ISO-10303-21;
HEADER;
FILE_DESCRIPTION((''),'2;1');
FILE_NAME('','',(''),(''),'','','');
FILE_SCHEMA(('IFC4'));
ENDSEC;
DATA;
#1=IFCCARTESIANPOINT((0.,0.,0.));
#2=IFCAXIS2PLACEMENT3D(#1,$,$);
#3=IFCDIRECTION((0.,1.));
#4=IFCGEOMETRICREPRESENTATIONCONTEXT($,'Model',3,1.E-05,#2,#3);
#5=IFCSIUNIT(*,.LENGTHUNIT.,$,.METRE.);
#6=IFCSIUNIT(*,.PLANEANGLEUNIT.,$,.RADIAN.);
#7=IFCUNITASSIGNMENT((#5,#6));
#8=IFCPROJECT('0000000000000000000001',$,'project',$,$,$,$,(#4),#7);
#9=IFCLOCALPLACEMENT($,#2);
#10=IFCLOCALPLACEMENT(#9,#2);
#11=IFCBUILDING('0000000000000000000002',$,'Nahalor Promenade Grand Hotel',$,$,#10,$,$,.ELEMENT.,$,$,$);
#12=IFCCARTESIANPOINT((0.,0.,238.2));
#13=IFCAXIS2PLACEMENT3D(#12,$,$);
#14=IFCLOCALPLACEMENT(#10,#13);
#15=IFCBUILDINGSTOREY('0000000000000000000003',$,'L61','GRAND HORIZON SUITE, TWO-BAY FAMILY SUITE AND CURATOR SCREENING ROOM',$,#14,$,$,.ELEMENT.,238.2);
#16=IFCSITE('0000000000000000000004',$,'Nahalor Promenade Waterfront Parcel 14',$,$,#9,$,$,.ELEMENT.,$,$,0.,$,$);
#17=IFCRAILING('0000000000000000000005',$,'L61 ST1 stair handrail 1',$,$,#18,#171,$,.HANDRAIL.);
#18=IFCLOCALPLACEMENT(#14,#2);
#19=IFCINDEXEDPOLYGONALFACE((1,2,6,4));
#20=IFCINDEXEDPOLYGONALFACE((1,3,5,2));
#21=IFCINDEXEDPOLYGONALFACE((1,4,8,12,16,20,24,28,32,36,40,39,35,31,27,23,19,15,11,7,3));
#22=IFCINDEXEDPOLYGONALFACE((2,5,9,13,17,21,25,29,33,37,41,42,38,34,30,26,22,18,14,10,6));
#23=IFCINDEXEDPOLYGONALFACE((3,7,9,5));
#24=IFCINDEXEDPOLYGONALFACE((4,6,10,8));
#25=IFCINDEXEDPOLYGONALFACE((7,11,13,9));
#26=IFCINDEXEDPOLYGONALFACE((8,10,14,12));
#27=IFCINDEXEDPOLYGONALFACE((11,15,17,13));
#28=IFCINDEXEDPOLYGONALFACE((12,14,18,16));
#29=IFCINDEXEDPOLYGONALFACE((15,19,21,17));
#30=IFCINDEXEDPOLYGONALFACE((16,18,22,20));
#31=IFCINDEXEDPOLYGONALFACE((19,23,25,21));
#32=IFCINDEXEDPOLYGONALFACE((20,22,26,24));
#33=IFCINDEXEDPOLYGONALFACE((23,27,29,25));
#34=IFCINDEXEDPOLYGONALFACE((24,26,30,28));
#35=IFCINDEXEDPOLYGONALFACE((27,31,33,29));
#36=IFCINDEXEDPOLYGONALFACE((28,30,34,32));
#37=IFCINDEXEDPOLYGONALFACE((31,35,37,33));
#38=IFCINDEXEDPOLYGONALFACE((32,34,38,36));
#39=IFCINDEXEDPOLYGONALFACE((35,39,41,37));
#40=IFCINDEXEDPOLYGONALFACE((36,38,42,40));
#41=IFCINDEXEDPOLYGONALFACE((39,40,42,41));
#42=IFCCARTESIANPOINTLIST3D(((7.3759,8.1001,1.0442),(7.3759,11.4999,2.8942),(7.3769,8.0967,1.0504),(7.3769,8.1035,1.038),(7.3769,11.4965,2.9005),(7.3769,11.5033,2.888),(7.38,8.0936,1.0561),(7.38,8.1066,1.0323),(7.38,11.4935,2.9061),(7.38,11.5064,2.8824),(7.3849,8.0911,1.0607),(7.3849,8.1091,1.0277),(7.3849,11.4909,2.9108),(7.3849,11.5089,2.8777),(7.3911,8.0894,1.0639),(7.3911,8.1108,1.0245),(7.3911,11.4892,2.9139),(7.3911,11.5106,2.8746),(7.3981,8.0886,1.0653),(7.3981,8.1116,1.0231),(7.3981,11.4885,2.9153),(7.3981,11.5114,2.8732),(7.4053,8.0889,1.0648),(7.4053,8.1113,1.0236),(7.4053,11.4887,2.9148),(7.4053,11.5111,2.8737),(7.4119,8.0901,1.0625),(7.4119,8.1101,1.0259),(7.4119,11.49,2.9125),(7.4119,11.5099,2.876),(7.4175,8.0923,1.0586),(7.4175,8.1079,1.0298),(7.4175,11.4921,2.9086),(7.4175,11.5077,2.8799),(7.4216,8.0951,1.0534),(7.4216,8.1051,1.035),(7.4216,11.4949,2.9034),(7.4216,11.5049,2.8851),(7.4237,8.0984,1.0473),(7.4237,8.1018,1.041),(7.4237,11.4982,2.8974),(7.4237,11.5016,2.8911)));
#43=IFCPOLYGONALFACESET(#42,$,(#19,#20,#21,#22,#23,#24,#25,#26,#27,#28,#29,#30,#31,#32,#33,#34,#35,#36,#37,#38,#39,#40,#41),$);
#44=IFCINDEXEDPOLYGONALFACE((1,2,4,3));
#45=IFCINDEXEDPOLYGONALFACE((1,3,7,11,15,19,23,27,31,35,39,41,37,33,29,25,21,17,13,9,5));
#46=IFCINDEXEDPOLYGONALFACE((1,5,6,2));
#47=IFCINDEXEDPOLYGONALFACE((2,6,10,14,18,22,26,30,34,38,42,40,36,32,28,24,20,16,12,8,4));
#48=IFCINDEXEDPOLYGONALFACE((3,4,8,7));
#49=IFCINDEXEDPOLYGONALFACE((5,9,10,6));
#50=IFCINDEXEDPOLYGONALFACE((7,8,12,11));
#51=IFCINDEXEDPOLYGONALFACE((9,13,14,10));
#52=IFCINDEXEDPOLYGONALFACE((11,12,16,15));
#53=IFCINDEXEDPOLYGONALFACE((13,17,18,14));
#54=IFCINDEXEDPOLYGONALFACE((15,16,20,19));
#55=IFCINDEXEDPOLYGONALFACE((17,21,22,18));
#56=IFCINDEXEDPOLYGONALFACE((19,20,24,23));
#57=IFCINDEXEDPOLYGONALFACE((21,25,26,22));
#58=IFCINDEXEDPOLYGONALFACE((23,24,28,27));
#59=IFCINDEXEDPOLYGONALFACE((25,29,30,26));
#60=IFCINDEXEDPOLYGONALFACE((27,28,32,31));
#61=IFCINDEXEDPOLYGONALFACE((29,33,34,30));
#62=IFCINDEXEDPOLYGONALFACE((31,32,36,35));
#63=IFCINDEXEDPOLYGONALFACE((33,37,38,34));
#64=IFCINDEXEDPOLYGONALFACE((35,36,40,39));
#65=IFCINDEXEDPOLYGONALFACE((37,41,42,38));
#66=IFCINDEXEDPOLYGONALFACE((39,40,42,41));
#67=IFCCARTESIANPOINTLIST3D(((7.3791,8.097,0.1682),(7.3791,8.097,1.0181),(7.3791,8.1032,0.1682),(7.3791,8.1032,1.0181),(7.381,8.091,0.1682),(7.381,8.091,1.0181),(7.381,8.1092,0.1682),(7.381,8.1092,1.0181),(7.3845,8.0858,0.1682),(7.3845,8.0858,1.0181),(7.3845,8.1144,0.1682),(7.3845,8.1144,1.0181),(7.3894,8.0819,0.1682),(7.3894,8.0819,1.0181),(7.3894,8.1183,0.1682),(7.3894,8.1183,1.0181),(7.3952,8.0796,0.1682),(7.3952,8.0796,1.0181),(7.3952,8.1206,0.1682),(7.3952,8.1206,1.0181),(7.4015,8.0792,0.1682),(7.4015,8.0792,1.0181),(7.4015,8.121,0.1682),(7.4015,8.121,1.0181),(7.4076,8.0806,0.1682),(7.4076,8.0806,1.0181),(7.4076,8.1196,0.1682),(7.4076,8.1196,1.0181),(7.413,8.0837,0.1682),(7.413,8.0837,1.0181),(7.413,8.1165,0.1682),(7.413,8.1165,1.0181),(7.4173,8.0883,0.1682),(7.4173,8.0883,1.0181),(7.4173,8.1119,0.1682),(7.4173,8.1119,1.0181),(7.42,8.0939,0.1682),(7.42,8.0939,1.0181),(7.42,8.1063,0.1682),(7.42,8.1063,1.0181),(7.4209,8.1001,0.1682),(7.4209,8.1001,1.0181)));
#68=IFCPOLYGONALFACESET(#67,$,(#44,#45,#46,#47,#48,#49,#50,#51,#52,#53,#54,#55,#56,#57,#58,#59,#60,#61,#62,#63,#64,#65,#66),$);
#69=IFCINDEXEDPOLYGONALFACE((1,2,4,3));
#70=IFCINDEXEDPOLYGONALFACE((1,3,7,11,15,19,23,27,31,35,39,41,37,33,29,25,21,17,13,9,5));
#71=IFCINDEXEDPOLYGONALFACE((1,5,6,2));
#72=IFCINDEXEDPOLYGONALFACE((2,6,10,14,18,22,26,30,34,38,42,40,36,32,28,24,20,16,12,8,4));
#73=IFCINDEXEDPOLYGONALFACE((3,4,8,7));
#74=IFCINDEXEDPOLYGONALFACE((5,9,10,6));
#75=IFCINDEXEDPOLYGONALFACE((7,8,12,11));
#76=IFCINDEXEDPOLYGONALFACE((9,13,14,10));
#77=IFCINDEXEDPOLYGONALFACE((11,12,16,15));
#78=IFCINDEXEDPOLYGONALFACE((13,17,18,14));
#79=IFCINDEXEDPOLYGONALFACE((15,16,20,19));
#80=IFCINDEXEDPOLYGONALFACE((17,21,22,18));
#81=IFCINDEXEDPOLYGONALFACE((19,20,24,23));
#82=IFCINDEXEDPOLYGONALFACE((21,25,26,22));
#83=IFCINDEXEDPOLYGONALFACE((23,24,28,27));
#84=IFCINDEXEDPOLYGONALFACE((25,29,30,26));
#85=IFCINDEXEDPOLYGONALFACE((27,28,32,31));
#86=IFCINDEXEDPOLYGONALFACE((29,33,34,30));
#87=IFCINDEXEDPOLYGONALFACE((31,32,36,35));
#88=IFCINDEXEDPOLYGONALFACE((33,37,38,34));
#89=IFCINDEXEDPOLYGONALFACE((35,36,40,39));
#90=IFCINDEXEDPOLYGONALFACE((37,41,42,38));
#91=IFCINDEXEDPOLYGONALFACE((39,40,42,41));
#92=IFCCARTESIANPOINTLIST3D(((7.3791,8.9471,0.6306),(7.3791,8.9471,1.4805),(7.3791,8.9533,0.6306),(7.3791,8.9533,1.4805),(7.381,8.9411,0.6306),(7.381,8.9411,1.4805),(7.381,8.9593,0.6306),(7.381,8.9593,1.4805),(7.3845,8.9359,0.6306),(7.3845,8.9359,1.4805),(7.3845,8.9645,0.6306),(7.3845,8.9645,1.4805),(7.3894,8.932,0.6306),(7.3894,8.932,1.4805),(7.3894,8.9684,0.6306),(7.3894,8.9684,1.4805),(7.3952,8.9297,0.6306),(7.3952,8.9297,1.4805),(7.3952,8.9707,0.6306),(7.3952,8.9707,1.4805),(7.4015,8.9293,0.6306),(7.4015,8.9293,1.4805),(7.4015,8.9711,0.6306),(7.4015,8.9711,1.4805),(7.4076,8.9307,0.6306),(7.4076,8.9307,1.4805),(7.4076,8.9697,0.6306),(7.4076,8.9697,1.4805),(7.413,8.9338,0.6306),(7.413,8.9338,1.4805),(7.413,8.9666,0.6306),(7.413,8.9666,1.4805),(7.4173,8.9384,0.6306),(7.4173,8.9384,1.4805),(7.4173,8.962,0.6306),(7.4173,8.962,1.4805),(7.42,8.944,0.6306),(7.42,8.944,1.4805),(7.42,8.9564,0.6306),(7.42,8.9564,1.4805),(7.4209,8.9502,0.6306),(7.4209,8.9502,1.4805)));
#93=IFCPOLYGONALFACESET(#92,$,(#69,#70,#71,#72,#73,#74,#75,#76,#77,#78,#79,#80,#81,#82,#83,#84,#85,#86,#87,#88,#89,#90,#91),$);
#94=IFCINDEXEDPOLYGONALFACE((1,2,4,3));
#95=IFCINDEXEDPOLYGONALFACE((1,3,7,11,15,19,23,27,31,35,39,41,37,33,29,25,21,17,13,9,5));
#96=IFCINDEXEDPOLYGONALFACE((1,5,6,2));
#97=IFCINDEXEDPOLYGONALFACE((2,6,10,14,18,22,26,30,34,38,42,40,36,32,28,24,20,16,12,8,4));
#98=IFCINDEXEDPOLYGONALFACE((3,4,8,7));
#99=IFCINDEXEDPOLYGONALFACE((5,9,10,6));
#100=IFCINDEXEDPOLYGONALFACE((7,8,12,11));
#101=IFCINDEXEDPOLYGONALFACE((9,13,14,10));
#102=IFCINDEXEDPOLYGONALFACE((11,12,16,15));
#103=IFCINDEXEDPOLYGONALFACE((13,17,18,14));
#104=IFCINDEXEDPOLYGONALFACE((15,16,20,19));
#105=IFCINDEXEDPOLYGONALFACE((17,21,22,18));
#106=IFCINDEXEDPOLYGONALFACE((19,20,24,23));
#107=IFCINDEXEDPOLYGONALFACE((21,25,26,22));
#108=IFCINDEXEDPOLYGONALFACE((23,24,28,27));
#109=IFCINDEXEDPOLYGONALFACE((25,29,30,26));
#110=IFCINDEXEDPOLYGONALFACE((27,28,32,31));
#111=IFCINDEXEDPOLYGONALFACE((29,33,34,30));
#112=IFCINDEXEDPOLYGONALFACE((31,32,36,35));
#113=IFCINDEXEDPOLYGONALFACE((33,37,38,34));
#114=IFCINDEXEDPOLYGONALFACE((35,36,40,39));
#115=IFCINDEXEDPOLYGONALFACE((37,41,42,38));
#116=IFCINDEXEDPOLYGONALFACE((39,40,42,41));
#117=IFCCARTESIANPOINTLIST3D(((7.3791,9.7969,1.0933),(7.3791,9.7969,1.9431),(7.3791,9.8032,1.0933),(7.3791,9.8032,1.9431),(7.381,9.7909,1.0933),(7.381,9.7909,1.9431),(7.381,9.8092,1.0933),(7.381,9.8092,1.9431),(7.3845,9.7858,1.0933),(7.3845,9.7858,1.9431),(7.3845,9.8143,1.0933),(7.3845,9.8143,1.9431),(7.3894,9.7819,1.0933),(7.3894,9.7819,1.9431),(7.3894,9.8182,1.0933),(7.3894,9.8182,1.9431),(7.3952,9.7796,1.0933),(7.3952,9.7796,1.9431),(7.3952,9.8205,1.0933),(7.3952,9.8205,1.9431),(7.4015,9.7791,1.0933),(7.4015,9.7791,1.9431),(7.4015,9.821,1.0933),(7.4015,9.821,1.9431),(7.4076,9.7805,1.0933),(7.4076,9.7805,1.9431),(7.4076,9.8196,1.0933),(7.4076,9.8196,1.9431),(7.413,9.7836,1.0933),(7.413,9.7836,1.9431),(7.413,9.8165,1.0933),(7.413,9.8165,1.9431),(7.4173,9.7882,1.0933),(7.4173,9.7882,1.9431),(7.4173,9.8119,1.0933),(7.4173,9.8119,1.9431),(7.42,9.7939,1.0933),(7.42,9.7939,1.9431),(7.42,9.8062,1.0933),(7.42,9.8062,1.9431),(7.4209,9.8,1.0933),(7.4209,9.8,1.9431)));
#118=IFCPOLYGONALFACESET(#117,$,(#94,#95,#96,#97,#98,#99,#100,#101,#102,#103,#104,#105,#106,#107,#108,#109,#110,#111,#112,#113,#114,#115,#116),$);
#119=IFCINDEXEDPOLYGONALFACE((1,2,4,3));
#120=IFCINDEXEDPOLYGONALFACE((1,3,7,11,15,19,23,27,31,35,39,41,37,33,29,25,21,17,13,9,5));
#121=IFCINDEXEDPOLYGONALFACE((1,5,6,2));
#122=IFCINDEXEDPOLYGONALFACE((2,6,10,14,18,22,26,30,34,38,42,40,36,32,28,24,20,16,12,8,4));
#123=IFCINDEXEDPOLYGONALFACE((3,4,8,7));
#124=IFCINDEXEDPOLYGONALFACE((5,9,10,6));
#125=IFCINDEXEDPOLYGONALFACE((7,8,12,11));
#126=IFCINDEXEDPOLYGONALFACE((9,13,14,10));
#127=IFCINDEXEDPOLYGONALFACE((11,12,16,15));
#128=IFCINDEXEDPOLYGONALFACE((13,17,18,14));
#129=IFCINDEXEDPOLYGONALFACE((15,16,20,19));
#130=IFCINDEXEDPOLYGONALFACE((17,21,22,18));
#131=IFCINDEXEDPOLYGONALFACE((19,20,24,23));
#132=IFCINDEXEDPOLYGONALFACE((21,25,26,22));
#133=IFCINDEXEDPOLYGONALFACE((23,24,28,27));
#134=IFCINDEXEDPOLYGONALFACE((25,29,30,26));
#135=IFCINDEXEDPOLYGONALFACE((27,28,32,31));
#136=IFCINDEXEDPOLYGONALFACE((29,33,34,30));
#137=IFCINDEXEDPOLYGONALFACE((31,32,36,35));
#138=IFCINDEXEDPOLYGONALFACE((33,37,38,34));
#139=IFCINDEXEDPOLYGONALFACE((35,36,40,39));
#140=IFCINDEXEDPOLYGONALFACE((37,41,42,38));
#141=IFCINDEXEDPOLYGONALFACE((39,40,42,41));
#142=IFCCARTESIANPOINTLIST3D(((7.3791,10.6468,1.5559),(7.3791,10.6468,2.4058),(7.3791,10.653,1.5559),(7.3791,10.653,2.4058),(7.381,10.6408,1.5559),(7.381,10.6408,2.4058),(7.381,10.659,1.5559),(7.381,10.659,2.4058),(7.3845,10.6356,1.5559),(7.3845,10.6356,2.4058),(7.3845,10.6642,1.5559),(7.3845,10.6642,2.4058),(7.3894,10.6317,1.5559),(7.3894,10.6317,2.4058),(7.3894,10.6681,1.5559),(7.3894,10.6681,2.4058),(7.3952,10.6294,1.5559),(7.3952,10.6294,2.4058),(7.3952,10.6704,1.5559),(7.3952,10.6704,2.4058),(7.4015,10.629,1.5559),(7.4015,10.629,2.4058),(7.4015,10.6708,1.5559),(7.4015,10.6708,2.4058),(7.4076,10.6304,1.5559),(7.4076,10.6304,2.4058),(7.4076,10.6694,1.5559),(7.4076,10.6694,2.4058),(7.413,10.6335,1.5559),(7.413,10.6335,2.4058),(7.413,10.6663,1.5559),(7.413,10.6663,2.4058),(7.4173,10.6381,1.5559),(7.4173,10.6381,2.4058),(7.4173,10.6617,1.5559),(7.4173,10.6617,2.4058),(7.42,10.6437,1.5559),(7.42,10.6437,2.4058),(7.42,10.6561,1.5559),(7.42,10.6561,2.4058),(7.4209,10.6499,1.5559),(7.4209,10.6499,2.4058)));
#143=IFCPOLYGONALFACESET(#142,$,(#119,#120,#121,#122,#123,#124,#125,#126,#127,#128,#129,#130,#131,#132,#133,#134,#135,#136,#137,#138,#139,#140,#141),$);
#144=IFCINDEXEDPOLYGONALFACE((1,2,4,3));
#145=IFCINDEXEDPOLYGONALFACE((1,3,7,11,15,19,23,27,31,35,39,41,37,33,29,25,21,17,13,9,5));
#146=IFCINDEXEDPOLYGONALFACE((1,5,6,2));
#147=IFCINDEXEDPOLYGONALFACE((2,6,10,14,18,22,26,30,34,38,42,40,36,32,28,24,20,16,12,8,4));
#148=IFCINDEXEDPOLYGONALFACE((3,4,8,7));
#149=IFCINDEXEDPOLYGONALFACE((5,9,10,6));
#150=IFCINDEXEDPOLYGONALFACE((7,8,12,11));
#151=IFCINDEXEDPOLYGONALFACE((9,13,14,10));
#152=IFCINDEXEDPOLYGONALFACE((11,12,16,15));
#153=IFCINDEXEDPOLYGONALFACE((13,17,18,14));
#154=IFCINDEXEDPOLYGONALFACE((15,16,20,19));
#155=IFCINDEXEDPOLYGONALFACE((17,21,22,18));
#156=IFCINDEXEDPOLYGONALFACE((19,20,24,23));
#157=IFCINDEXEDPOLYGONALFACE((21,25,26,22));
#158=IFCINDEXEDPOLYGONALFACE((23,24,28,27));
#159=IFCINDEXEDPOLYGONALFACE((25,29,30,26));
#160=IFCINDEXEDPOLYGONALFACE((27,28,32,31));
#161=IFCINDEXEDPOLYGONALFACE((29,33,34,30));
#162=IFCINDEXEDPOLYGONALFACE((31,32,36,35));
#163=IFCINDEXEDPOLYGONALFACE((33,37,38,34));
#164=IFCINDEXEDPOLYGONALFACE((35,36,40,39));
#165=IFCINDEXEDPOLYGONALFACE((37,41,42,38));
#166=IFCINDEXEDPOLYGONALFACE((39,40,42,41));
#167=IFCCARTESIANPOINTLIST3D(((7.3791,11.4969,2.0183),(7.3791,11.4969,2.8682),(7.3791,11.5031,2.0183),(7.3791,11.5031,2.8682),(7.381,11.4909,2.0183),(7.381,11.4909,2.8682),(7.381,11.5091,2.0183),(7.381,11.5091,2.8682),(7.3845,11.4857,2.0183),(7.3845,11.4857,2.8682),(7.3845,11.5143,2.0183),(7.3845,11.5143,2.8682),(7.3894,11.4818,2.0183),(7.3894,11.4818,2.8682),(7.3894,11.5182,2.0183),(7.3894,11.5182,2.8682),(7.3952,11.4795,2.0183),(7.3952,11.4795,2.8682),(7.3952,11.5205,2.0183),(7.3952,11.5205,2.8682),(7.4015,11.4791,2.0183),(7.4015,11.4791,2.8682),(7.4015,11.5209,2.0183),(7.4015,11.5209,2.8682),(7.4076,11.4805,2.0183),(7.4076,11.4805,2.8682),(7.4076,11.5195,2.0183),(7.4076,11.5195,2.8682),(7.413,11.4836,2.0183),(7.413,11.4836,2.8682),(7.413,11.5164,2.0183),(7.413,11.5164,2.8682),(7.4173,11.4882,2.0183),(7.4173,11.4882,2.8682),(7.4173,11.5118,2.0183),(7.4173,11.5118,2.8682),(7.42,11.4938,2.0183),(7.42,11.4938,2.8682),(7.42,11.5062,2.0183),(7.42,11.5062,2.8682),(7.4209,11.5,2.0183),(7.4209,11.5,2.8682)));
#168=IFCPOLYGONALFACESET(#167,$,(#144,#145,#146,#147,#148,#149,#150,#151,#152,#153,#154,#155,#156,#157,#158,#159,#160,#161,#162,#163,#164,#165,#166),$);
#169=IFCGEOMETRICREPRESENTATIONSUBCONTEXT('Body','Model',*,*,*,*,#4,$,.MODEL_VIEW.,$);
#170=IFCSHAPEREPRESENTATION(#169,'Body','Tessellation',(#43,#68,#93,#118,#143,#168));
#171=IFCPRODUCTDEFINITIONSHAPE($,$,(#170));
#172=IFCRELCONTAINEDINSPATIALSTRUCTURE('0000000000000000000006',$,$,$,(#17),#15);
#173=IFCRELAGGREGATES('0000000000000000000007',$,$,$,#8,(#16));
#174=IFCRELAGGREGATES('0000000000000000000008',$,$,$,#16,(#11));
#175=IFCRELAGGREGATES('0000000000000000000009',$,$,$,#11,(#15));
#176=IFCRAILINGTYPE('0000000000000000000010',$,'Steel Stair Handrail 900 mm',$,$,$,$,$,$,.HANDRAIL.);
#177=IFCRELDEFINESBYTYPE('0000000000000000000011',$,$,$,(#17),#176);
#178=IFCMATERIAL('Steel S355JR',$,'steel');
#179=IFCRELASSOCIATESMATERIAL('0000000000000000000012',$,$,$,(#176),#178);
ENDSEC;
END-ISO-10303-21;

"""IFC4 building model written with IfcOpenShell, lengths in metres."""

from ifc_helpers import new_model, si_unit, direction, frame, origin, origin_2d, place, context, subcontext, project, spatial, circle, extrude, material, type_object, element, save


model = new_model("IFC4")

# Units and contexts
model_context = context("Model", 3, precision=1e-05, world=origin(), true_north=direction((0.0, 1.0)))
body_context = subcontext(model_context, "Body", "Model", "MODEL_VIEW")
ifc_project = project(units=[si_unit("LENGTHUNIT", "METRE"), si_unit("PLANEANGLEUNIT", "RADIAN")], contexts=[model_context])

# Site, building, storey
site_placement = place(None, origin())
site = spatial("IfcSite", under=ifc_project, at=site_placement, Name="Nahalor Promenade Waterfront Parcel 14", CompositionType="ELEMENT", RefElevation=0.0)
building_placement = place(site_placement, origin())
building = spatial("IfcBuilding", under=site, at=building_placement, Name="Nahalor Promenade Grand Hotel", CompositionType="ELEMENT")
storey_placement = place(building_placement, frame((0.0, 0.0, 238.2)))
storey = spatial("IfcBuildingStorey", under=building, at=storey_placement, Name="L61", Description="GRAND HORIZON SUITE, TWO-BAY FAMILY SUITE AND CURATOR SCREENING ROOM", CompositionType="ELEMENT", Elevation=238.2)

# Shared definitions
ifc_material_1 = material(Name="Steel S355JR", Category="steel")

# Railing
railing_type_1 = type_object("IfcRailingType", Name="Steel Stair Handrail 900 mm", PredefinedType="HANDRAIL", material=ifc_material_1)
railing_1_placement = place(storey_placement, frame((7.3999, 8.1001, 0.1682)))
element("IfcRailing", 1, at=railing_1_placement, inside=storey, type_object=railing_type_1, Name="L61 ST1 stair handrail 1", PredefinedType="HANDRAIL", context=body_context, shape_type="SweptSolid", body=[
    extrude(circle(Radius=0.024, at=origin_2d()), frame((0.0, 0.0, 0.876), z_axis=(0.0, 0.878372, 0.477977), x_axis=(-1.0, 0.0, 0.0)), (0.0, 0.0, 1.0), 3.8706),
    extrude(circle(Radius=0.021, at=origin_2d()), origin(), (0.0, 0.0, 1.0), 0.8499),
    extrude(circle(Radius=0.021, at=origin_2d()), frame((0.0, 0.8501, 0.4624)), (0.0, 0.0, 1.0), 0.8499),
    extrude(circle(Radius=0.021, at=origin_2d()), frame((0.0, 1.7, 0.925)), (0.0, 0.0, 1.0), 0.8499),
    extrude(circle(Radius=0.021, at=origin_2d()), frame((0.0, 2.5498, 1.3877)), (0.0, 0.0, 1.0), 0.8499),
    extrude(circle(Radius=0.021, at=origin_2d()), frame((0.0, 3.3999, 1.8501)), (0.0, 0.0, 1.0), 0.8499),
])

save(model, "model.ifc")
